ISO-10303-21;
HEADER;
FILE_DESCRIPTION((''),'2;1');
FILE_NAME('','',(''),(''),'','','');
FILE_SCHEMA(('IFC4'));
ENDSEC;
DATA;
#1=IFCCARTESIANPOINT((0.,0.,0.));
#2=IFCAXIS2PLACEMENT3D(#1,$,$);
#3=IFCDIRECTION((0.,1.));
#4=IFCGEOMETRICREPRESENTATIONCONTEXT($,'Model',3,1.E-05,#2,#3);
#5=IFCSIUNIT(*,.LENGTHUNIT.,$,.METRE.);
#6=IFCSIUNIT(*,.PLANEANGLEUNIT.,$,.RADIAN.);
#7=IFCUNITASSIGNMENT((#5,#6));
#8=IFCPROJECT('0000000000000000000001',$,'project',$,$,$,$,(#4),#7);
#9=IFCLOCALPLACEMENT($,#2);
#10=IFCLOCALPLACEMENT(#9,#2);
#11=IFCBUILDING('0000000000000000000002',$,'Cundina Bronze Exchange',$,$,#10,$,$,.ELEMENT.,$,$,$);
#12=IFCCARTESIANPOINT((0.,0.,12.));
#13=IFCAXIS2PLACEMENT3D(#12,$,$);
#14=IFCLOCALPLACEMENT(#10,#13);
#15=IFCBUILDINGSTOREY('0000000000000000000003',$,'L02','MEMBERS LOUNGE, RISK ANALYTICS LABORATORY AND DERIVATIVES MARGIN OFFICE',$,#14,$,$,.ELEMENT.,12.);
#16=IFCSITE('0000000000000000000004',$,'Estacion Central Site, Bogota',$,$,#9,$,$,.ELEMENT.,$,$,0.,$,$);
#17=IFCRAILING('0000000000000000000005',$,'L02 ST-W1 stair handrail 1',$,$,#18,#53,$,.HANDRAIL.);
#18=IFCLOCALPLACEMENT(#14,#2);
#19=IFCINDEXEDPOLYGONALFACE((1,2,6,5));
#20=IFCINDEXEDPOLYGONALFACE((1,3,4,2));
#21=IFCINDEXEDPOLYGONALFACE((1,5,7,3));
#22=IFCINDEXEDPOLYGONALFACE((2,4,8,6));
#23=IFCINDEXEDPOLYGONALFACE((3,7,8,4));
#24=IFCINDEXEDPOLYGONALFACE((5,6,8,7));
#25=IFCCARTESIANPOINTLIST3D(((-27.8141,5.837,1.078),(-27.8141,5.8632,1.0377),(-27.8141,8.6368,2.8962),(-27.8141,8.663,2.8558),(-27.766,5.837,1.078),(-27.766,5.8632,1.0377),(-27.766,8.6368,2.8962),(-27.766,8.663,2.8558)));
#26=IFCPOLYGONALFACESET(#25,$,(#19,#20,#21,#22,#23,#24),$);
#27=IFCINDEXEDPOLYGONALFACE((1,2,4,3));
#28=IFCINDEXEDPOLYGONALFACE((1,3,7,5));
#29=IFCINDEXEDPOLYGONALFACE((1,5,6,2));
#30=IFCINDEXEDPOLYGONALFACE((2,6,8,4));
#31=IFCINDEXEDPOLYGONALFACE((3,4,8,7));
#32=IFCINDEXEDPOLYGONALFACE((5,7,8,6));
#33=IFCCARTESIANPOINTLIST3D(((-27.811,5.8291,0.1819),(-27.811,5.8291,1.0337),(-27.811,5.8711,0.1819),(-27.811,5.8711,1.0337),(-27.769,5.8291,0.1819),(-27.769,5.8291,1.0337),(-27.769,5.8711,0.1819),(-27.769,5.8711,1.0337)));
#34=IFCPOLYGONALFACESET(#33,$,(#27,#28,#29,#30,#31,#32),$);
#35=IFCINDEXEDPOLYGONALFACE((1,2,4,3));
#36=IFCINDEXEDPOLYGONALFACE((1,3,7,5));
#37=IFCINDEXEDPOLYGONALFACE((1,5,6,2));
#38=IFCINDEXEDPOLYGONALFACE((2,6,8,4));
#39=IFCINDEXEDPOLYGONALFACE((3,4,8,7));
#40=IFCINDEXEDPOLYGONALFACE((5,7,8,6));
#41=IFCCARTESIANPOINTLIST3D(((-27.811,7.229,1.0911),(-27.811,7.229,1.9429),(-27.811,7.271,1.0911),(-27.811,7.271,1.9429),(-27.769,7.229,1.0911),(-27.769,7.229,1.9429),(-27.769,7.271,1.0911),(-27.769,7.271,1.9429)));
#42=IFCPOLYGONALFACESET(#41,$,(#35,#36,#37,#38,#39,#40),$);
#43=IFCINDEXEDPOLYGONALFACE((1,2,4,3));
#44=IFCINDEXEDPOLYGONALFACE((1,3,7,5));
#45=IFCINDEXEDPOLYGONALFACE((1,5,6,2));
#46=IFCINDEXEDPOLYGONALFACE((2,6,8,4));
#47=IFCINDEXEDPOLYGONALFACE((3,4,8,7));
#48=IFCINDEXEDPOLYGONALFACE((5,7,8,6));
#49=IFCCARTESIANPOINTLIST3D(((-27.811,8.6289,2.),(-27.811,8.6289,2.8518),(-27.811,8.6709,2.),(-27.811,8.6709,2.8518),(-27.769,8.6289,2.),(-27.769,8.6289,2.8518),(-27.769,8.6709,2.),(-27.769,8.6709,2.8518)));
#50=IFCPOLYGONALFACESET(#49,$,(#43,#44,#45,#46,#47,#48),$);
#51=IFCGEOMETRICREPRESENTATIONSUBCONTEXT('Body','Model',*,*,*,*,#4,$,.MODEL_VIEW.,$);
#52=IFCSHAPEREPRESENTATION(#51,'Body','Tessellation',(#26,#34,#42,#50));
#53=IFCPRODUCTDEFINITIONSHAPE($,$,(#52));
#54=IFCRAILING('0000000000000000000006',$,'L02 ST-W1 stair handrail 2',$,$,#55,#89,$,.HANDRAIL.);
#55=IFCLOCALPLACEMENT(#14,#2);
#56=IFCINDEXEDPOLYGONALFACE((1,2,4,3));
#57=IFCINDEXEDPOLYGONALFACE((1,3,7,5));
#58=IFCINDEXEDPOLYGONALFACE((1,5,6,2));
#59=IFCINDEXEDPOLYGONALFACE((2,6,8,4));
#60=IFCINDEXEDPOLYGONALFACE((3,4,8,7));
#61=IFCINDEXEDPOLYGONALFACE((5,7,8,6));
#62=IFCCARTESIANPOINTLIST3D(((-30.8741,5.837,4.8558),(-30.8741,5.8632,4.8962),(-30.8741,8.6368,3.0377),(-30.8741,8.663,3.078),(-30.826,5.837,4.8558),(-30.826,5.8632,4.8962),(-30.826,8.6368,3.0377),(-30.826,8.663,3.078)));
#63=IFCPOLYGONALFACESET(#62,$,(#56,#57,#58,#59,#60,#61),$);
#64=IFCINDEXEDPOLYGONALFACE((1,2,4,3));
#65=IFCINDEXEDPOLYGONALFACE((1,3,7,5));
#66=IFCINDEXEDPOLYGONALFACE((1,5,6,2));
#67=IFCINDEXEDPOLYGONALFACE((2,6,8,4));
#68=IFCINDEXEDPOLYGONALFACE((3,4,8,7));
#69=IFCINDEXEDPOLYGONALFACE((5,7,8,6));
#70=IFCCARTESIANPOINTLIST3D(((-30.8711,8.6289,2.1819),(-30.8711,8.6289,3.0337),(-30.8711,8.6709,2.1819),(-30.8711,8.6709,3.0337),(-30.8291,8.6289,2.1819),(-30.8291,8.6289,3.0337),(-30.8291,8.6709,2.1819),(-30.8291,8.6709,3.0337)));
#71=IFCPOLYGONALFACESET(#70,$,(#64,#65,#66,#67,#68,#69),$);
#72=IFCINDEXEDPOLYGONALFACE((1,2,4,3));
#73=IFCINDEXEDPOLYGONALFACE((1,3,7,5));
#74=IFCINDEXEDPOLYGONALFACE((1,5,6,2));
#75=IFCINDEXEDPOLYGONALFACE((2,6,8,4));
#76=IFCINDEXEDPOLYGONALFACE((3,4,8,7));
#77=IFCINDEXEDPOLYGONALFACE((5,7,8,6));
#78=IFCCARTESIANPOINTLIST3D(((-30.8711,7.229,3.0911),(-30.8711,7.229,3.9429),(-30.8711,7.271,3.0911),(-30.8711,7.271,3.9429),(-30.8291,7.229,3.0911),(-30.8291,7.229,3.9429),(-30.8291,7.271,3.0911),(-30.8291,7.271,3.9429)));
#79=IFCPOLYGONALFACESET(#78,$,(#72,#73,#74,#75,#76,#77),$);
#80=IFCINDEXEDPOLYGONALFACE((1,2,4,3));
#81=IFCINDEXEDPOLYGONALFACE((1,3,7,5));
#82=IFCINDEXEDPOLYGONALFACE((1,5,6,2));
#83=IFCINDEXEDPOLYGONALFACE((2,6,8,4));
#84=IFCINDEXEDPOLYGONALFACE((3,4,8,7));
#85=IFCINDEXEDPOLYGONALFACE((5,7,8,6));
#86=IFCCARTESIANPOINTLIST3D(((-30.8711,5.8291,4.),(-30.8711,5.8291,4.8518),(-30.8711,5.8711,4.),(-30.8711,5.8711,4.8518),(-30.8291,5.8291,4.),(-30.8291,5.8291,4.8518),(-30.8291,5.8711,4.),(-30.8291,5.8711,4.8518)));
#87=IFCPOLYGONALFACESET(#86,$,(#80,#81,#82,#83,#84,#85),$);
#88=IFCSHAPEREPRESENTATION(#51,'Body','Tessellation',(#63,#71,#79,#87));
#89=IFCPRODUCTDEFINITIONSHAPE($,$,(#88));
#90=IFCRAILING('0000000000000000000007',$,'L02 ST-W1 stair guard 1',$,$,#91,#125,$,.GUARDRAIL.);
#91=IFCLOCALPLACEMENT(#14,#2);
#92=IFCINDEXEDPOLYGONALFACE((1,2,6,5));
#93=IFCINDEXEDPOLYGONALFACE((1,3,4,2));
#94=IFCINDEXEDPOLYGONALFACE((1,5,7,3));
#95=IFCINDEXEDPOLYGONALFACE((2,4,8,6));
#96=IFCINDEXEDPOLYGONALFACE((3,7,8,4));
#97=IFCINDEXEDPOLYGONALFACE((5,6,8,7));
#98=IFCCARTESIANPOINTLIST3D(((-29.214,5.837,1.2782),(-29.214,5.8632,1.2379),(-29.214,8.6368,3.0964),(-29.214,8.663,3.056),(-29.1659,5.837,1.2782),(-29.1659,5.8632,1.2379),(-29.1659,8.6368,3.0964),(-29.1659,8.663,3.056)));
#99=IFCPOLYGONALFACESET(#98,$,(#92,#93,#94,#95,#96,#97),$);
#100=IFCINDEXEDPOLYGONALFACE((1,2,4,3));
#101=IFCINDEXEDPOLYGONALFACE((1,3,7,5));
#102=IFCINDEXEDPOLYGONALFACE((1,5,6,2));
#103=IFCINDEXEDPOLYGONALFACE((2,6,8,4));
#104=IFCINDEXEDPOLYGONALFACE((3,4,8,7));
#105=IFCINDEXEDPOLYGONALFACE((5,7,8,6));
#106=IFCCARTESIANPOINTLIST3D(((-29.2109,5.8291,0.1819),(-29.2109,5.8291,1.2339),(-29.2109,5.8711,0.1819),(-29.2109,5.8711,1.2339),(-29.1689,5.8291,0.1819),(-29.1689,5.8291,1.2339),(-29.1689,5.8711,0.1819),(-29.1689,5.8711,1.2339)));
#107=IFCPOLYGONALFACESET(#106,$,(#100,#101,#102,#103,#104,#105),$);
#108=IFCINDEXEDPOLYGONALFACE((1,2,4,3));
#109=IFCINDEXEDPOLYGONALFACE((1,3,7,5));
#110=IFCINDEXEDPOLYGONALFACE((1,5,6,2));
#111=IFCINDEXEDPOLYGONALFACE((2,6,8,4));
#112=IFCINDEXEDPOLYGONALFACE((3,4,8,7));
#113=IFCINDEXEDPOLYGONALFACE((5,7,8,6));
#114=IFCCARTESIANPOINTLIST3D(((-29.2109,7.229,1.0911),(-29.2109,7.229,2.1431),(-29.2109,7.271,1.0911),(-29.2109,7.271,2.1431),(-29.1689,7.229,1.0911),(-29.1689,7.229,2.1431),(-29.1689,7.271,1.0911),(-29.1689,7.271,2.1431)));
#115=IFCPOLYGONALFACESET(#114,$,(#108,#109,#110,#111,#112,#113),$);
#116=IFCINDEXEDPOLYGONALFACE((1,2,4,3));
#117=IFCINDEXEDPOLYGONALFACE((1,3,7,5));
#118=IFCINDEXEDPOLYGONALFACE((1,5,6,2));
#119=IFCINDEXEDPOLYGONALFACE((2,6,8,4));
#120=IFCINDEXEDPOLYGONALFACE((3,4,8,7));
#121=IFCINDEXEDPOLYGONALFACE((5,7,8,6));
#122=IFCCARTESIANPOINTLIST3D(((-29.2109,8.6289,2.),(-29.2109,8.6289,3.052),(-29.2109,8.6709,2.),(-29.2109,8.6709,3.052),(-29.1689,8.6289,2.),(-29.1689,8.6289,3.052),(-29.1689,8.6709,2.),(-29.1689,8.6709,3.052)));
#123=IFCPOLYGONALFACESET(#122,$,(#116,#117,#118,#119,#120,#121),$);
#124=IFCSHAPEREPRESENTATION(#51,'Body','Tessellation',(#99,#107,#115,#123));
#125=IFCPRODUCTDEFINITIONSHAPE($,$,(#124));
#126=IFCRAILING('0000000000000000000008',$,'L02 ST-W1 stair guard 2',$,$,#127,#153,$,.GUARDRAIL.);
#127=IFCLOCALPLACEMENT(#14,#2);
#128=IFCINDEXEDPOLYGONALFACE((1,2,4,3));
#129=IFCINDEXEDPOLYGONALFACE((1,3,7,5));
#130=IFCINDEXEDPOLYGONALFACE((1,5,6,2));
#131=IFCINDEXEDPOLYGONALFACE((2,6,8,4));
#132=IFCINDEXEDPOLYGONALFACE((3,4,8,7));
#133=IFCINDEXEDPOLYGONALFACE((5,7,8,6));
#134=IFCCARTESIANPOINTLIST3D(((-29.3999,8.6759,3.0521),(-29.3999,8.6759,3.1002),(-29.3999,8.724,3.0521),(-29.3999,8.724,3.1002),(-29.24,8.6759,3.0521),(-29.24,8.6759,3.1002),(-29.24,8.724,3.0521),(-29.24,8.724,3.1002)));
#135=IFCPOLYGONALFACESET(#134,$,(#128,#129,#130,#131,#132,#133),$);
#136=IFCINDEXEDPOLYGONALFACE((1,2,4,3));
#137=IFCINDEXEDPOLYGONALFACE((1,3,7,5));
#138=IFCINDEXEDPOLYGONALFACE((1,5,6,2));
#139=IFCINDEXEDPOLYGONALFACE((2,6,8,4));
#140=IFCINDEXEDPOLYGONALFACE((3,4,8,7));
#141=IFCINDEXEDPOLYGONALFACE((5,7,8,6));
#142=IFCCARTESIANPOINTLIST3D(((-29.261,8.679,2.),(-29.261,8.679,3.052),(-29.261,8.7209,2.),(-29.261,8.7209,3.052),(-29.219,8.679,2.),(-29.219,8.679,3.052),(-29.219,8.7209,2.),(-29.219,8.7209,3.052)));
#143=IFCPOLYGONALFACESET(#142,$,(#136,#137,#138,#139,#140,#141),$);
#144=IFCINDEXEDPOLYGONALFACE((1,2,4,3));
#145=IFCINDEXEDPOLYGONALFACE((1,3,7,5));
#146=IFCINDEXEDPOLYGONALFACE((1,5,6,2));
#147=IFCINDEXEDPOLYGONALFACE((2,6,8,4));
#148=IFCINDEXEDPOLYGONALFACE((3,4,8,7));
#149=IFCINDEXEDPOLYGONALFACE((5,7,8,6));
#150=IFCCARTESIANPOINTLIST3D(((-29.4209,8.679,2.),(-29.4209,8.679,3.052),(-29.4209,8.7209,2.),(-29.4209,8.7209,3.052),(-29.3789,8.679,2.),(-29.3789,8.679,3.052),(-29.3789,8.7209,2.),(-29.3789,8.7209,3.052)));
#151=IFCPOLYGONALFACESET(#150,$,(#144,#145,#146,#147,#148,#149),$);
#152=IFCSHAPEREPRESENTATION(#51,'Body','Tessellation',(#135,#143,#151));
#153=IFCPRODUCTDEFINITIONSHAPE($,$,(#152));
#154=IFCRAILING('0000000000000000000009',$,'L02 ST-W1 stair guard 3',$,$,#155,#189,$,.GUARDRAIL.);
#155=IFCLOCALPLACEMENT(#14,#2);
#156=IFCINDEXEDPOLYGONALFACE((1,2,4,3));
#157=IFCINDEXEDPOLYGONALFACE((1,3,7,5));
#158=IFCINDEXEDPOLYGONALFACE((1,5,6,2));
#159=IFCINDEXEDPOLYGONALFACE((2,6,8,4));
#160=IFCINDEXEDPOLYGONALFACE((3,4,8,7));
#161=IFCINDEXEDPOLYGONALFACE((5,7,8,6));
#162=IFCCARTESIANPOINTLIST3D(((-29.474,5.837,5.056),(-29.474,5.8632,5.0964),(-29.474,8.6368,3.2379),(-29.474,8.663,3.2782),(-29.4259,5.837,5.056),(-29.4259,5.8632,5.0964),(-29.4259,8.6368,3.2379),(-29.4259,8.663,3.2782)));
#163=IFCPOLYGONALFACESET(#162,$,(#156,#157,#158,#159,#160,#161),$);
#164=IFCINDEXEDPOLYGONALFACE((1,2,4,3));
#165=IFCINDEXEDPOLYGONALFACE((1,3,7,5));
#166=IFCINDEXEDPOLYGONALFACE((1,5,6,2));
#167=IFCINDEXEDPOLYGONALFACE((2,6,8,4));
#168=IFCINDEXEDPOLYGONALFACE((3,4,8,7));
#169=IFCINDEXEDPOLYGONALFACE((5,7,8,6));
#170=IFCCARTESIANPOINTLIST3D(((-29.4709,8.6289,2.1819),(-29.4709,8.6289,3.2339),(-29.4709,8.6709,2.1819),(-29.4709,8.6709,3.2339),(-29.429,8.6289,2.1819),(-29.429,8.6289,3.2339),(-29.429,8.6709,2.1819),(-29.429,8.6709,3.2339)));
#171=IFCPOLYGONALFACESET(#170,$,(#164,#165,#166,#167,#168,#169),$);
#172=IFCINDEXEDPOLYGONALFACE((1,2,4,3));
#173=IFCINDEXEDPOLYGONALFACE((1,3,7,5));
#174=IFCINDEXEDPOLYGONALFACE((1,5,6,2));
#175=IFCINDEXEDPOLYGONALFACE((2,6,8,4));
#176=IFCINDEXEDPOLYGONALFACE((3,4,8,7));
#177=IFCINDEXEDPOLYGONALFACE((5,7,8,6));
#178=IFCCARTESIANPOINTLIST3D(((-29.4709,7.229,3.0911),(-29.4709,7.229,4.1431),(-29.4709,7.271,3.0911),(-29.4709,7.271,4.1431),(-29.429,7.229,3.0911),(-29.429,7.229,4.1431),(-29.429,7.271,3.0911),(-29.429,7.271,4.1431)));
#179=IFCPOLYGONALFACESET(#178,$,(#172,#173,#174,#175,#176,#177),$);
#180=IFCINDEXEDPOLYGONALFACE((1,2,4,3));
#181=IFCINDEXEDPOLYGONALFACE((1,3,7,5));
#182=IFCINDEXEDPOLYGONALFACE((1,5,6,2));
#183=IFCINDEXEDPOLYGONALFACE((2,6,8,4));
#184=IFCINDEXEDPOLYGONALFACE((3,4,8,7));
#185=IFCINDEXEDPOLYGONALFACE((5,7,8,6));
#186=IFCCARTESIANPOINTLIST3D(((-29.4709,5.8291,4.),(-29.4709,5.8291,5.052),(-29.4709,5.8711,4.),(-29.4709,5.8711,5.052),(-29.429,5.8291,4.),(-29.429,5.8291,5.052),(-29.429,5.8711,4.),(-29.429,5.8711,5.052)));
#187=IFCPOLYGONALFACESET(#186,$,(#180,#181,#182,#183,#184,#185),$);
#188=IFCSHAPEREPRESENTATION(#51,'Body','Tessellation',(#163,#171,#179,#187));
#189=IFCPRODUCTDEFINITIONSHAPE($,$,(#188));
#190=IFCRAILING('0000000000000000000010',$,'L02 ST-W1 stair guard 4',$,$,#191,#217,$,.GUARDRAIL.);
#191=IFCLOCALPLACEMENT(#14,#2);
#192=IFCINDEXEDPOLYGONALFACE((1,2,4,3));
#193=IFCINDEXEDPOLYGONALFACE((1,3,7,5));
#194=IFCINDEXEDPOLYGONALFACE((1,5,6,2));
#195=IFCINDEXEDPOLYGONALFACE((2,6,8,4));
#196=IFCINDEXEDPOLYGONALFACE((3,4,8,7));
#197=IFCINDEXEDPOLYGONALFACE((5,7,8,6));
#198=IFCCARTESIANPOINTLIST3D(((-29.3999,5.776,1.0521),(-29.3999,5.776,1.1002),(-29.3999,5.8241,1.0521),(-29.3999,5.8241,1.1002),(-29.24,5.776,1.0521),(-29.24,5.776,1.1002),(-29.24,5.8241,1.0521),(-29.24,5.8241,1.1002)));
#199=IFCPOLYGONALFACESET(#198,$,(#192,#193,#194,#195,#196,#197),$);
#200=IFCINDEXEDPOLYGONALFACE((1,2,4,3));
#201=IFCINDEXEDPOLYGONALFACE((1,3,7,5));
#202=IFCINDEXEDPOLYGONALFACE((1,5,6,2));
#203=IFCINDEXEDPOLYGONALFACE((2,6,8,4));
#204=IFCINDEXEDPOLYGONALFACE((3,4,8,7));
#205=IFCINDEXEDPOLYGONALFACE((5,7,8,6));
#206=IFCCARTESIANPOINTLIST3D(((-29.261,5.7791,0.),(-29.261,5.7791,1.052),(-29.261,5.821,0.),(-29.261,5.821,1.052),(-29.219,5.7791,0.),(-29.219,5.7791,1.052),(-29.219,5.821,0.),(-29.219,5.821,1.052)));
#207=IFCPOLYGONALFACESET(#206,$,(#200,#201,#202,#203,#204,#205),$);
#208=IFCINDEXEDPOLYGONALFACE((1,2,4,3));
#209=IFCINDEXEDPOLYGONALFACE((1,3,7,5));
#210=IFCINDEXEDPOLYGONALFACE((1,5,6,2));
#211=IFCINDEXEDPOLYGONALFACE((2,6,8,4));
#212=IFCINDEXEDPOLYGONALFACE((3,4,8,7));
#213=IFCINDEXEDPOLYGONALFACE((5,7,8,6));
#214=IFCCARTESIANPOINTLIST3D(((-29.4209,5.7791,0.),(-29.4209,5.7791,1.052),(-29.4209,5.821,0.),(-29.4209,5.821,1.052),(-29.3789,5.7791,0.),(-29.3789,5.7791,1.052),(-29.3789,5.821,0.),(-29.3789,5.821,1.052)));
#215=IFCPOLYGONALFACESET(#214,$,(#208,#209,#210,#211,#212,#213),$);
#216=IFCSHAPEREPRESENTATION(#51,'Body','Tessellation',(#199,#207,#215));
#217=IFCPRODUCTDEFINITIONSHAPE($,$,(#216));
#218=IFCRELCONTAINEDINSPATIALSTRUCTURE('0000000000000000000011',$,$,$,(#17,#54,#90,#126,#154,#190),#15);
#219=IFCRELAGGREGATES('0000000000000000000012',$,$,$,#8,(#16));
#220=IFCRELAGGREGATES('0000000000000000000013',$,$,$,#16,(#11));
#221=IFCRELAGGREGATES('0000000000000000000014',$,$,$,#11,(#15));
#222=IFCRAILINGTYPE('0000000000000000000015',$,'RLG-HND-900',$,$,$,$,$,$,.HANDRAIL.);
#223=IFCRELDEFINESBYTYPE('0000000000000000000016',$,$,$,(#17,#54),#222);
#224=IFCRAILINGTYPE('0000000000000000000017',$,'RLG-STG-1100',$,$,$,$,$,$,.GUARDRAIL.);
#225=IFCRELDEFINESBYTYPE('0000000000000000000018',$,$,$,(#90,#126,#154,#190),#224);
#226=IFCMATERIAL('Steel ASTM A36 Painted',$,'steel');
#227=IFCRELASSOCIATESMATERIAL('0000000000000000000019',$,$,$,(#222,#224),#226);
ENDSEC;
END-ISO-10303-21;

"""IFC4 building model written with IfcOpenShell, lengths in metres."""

from ifc_helpers import new_model, si_unit, direction, frame, origin, origin_2d, place, context, subcontext, project, spatial, rectangle, extrude, material, type_object, element, save


model = new_model("IFC4")

# Units and contexts
model_context = context("Model", 3, precision=1e-05, world=origin(), true_north=direction((0.0, 1.0)))
body_context = subcontext(model_context, "Body", "Model", "MODEL_VIEW")
ifc_project = project(units=[si_unit("LENGTHUNIT", "METRE"), si_unit("PLANEANGLEUNIT", "RADIAN")], contexts=[model_context])

# Site, building, storey
site_placement = place(None, origin())
site = spatial("IfcSite", under=ifc_project, at=site_placement, Name="Estacion Central Site, Bogota", CompositionType="ELEMENT", RefElevation=0.0)
building_placement = place(site_placement, origin())
building = spatial("IfcBuilding", under=site, at=building_placement, Name="Cundina Bronze Exchange", CompositionType="ELEMENT")
storey_placement = place(building_placement, frame((0.0, 0.0, 12.0)))
storey = spatial("IfcBuildingStorey", under=building, at=storey_placement, Name="L02", Description="MEMBERS LOUNGE, RISK ANALYTICS LABORATORY AND DERIVATIVES MARGIN OFFICE", CompositionType="ELEMENT", Elevation=12.0)

# Shared definitions
ifc_material_1 = material(Name="Steel ASTM A36 Painted", Category="steel")

# Railings
railing_type_1 = type_object("IfcRailingType", Name="RLG-HND-900", PredefinedType="HANDRAIL", material=ifc_material_1)
railing_1_placement = place(storey_placement, frame((-27.79, 5.8501, 0.1819)))
element("IfcRailing", 1, at=railing_1_placement, inside=storey, type_object=railing_type_1, Name="L02 ST-W1 stair handrail 1", PredefinedType="HANDRAIL", context=body_context, shape_type="SweptSolid", body=[
    extrude(rectangle(XDim=0.0481, YDim=0.0481, at=origin_2d()), frame((0.0, 0.0, 0.876), z_axis=(0.0, 0.838684, 0.544618), x_axis=(-1.0, 0.0, 0.0)), (0.0, 0.0, 1.0), 3.3384),
    extrude(rectangle(XDim=0.042, YDim=0.042, at=origin_2d()), origin(), (0.0, 0.0, 1.0), 0.8518),
    extrude(rectangle(XDim=0.042, YDim=0.042, at=origin_2d()), frame((0.0, 1.3999, 0.9092)), (0.0, 0.0, 1.0), 0.8518),
    extrude(rectangle(XDim=0.042, YDim=0.042, at=origin_2d()), frame((0.0, 2.7998, 1.8181)), (0.0, 0.0, 1.0), 0.8518),
])
railing_2_placement = place(storey_placement, frame((-30.8501, 8.6499, 2.1819)))
element("IfcRailing", 2, at=railing_2_placement, inside=storey, type_object=railing_type_1, Name="L02 ST-W1 stair handrail 2", PredefinedType="HANDRAIL", context=body_context, shape_type="SweptSolid", body=[
    extrude(rectangle(XDim=0.0481, YDim=0.0481, at=origin_2d()), frame((0.0, 0.0, 0.876), z_axis=(0.0, -0.838684, 0.544618), x_axis=(1.0, 0.0, 0.0)), (0.0, 0.0, 1.0), 3.3384),
    extrude(rectangle(XDim=0.042, YDim=0.042, at=origin_2d()), origin(), (0.0, 0.0, 1.0), 0.8518),
    extrude(rectangle(XDim=0.042, YDim=0.042, at=origin_2d()), frame((0.0, -1.3999, 0.9092)), (0.0, 0.0, 1.0), 0.8518),
    extrude(rectangle(XDim=0.042, YDim=0.042, at=origin_2d()), frame((0.0, -2.7998, 1.8181)), (0.0, 0.0, 1.0), 0.8518),
])
railing_type_2 = type_object("IfcRailingType", Name="RLG-STG-1100", PredefinedType="GUARDRAIL", material=ifc_material_1)
railing_3_placement = place(storey_placement, frame((-29.1899, 5.8501, 0.1819)))
element("IfcRailing", 3, at=railing_3_placement, inside=storey, type_object=railing_type_2, Name="L02 ST-W1 stair guard 1", PredefinedType="GUARDRAIL", context=body_context, shape_type="SweptSolid", body=[
    extrude(rectangle(XDim=0.0481, YDim=0.0481, at=origin_2d()), frame((0.0, 0.0, 1.0762), z_axis=(0.0, 0.838684, 0.544618), x_axis=(-1.0, 0.0, 0.0)), (0.0, 0.0, 1.0), 3.3384),
    extrude(rectangle(XDim=0.042, YDim=0.042, at=origin_2d()), origin(), (0.0, 0.0, 1.0), 1.052),
    extrude(rectangle(XDim=0.042, YDim=0.042, at=origin_2d()), frame((0.0, 1.3999, 0.9092)), (0.0, 0.0, 1.0), 1.052),
    extrude(rectangle(XDim=0.042, YDim=0.042, at=origin_2d()), frame((0.0, 2.7998, 1.8181)), (0.0, 0.0, 1.0), 1.052),
])
railing_4_placement = place(storey_placement, frame((-29.24, 8.7, 2.0)))
element("IfcRailing", 4, at=railing_4_placement, inside=storey, type_object=railing_type_2, Name="L02 ST-W1 stair guard 2", PredefinedType="GUARDRAIL", context=body_context, shape_type="SweptSolid", body=[
    extrude(rectangle(XDim=0.0481, YDim=0.0481, at=origin_2d()), frame((0.0, 0.0, 1.0762), z_axis=(-1.0, 0.0, 0.0), x_axis=(0.0, -1.0, 0.0)), (0.0, 0.0, 1.0), 0.1599),
    extrude(rectangle(XDim=0.042, YDim=0.042, at=origin_2d()), origin(), (0.0, 0.0, 1.0), 1.052),
    extrude(rectangle(XDim=0.042, YDim=0.042, at=origin_2d()), frame((-0.1599, 0.0, 0.0)), (0.0, 0.0, 1.0), 1.052),
])
railing_5_placement = place(storey_placement, frame((-29.45, 8.6499, 2.1819)))
element("IfcRailing", 5, at=railing_5_placement, inside=storey, type_object=railing_type_2, Name="L02 ST-W1 stair guard 3", PredefinedType="GUARDRAIL", context=body_context, shape_type="SweptSolid", body=[
    extrude(rectangle(XDim=0.0481, YDim=0.0481, at=origin_2d()), frame((0.0, 0.0, 1.0762), z_axis=(0.0, -0.838684, 0.544618), x_axis=(1.0, 0.0, 0.0)), (0.0, 0.0, 1.0), 3.3384),
    extrude(rectangle(XDim=0.042, YDim=0.042, at=origin_2d()), origin(), (0.0, 0.0, 1.0), 1.052),
    extrude(rectangle(XDim=0.042, YDim=0.042, at=origin_2d()), frame((0.0, -1.3999, 0.9092)), (0.0, 0.0, 1.0), 1.052),
    extrude(rectangle(XDim=0.042, YDim=0.042, at=origin_2d()), frame((0.0, -2.7998, 1.8181)), (0.0, 0.0, 1.0), 1.052),
])
railing_6_placement = place(storey_placement, frame((-29.24, 5.8, 0.0)))
element("IfcRailing", 6, at=railing_6_placement, inside=storey, type_object=railing_type_2, Name="L02 ST-W1 stair guard 4", PredefinedType="GUARDRAIL", context=body_context, shape_type="SweptSolid", body=[
    extrude(rectangle(XDim=0.0481, YDim=0.0481, at=origin_2d()), frame((0.0, 0.0, 1.0762), z_axis=(-1.0, 0.0, 0.0), x_axis=(0.0, -1.0, 0.0)), (0.0, 0.0, 1.0), 0.1599),
    extrude(rectangle(XDim=0.042, YDim=0.042, at=origin_2d()), origin(), (0.0, 0.0, 1.0), 1.052),
    extrude(rectangle(XDim=0.042, YDim=0.042, at=origin_2d()), frame((-0.1599, 0.0, 0.0)), (0.0, 0.0, 1.0), 1.052),
])

save(model, "model.ifc")
